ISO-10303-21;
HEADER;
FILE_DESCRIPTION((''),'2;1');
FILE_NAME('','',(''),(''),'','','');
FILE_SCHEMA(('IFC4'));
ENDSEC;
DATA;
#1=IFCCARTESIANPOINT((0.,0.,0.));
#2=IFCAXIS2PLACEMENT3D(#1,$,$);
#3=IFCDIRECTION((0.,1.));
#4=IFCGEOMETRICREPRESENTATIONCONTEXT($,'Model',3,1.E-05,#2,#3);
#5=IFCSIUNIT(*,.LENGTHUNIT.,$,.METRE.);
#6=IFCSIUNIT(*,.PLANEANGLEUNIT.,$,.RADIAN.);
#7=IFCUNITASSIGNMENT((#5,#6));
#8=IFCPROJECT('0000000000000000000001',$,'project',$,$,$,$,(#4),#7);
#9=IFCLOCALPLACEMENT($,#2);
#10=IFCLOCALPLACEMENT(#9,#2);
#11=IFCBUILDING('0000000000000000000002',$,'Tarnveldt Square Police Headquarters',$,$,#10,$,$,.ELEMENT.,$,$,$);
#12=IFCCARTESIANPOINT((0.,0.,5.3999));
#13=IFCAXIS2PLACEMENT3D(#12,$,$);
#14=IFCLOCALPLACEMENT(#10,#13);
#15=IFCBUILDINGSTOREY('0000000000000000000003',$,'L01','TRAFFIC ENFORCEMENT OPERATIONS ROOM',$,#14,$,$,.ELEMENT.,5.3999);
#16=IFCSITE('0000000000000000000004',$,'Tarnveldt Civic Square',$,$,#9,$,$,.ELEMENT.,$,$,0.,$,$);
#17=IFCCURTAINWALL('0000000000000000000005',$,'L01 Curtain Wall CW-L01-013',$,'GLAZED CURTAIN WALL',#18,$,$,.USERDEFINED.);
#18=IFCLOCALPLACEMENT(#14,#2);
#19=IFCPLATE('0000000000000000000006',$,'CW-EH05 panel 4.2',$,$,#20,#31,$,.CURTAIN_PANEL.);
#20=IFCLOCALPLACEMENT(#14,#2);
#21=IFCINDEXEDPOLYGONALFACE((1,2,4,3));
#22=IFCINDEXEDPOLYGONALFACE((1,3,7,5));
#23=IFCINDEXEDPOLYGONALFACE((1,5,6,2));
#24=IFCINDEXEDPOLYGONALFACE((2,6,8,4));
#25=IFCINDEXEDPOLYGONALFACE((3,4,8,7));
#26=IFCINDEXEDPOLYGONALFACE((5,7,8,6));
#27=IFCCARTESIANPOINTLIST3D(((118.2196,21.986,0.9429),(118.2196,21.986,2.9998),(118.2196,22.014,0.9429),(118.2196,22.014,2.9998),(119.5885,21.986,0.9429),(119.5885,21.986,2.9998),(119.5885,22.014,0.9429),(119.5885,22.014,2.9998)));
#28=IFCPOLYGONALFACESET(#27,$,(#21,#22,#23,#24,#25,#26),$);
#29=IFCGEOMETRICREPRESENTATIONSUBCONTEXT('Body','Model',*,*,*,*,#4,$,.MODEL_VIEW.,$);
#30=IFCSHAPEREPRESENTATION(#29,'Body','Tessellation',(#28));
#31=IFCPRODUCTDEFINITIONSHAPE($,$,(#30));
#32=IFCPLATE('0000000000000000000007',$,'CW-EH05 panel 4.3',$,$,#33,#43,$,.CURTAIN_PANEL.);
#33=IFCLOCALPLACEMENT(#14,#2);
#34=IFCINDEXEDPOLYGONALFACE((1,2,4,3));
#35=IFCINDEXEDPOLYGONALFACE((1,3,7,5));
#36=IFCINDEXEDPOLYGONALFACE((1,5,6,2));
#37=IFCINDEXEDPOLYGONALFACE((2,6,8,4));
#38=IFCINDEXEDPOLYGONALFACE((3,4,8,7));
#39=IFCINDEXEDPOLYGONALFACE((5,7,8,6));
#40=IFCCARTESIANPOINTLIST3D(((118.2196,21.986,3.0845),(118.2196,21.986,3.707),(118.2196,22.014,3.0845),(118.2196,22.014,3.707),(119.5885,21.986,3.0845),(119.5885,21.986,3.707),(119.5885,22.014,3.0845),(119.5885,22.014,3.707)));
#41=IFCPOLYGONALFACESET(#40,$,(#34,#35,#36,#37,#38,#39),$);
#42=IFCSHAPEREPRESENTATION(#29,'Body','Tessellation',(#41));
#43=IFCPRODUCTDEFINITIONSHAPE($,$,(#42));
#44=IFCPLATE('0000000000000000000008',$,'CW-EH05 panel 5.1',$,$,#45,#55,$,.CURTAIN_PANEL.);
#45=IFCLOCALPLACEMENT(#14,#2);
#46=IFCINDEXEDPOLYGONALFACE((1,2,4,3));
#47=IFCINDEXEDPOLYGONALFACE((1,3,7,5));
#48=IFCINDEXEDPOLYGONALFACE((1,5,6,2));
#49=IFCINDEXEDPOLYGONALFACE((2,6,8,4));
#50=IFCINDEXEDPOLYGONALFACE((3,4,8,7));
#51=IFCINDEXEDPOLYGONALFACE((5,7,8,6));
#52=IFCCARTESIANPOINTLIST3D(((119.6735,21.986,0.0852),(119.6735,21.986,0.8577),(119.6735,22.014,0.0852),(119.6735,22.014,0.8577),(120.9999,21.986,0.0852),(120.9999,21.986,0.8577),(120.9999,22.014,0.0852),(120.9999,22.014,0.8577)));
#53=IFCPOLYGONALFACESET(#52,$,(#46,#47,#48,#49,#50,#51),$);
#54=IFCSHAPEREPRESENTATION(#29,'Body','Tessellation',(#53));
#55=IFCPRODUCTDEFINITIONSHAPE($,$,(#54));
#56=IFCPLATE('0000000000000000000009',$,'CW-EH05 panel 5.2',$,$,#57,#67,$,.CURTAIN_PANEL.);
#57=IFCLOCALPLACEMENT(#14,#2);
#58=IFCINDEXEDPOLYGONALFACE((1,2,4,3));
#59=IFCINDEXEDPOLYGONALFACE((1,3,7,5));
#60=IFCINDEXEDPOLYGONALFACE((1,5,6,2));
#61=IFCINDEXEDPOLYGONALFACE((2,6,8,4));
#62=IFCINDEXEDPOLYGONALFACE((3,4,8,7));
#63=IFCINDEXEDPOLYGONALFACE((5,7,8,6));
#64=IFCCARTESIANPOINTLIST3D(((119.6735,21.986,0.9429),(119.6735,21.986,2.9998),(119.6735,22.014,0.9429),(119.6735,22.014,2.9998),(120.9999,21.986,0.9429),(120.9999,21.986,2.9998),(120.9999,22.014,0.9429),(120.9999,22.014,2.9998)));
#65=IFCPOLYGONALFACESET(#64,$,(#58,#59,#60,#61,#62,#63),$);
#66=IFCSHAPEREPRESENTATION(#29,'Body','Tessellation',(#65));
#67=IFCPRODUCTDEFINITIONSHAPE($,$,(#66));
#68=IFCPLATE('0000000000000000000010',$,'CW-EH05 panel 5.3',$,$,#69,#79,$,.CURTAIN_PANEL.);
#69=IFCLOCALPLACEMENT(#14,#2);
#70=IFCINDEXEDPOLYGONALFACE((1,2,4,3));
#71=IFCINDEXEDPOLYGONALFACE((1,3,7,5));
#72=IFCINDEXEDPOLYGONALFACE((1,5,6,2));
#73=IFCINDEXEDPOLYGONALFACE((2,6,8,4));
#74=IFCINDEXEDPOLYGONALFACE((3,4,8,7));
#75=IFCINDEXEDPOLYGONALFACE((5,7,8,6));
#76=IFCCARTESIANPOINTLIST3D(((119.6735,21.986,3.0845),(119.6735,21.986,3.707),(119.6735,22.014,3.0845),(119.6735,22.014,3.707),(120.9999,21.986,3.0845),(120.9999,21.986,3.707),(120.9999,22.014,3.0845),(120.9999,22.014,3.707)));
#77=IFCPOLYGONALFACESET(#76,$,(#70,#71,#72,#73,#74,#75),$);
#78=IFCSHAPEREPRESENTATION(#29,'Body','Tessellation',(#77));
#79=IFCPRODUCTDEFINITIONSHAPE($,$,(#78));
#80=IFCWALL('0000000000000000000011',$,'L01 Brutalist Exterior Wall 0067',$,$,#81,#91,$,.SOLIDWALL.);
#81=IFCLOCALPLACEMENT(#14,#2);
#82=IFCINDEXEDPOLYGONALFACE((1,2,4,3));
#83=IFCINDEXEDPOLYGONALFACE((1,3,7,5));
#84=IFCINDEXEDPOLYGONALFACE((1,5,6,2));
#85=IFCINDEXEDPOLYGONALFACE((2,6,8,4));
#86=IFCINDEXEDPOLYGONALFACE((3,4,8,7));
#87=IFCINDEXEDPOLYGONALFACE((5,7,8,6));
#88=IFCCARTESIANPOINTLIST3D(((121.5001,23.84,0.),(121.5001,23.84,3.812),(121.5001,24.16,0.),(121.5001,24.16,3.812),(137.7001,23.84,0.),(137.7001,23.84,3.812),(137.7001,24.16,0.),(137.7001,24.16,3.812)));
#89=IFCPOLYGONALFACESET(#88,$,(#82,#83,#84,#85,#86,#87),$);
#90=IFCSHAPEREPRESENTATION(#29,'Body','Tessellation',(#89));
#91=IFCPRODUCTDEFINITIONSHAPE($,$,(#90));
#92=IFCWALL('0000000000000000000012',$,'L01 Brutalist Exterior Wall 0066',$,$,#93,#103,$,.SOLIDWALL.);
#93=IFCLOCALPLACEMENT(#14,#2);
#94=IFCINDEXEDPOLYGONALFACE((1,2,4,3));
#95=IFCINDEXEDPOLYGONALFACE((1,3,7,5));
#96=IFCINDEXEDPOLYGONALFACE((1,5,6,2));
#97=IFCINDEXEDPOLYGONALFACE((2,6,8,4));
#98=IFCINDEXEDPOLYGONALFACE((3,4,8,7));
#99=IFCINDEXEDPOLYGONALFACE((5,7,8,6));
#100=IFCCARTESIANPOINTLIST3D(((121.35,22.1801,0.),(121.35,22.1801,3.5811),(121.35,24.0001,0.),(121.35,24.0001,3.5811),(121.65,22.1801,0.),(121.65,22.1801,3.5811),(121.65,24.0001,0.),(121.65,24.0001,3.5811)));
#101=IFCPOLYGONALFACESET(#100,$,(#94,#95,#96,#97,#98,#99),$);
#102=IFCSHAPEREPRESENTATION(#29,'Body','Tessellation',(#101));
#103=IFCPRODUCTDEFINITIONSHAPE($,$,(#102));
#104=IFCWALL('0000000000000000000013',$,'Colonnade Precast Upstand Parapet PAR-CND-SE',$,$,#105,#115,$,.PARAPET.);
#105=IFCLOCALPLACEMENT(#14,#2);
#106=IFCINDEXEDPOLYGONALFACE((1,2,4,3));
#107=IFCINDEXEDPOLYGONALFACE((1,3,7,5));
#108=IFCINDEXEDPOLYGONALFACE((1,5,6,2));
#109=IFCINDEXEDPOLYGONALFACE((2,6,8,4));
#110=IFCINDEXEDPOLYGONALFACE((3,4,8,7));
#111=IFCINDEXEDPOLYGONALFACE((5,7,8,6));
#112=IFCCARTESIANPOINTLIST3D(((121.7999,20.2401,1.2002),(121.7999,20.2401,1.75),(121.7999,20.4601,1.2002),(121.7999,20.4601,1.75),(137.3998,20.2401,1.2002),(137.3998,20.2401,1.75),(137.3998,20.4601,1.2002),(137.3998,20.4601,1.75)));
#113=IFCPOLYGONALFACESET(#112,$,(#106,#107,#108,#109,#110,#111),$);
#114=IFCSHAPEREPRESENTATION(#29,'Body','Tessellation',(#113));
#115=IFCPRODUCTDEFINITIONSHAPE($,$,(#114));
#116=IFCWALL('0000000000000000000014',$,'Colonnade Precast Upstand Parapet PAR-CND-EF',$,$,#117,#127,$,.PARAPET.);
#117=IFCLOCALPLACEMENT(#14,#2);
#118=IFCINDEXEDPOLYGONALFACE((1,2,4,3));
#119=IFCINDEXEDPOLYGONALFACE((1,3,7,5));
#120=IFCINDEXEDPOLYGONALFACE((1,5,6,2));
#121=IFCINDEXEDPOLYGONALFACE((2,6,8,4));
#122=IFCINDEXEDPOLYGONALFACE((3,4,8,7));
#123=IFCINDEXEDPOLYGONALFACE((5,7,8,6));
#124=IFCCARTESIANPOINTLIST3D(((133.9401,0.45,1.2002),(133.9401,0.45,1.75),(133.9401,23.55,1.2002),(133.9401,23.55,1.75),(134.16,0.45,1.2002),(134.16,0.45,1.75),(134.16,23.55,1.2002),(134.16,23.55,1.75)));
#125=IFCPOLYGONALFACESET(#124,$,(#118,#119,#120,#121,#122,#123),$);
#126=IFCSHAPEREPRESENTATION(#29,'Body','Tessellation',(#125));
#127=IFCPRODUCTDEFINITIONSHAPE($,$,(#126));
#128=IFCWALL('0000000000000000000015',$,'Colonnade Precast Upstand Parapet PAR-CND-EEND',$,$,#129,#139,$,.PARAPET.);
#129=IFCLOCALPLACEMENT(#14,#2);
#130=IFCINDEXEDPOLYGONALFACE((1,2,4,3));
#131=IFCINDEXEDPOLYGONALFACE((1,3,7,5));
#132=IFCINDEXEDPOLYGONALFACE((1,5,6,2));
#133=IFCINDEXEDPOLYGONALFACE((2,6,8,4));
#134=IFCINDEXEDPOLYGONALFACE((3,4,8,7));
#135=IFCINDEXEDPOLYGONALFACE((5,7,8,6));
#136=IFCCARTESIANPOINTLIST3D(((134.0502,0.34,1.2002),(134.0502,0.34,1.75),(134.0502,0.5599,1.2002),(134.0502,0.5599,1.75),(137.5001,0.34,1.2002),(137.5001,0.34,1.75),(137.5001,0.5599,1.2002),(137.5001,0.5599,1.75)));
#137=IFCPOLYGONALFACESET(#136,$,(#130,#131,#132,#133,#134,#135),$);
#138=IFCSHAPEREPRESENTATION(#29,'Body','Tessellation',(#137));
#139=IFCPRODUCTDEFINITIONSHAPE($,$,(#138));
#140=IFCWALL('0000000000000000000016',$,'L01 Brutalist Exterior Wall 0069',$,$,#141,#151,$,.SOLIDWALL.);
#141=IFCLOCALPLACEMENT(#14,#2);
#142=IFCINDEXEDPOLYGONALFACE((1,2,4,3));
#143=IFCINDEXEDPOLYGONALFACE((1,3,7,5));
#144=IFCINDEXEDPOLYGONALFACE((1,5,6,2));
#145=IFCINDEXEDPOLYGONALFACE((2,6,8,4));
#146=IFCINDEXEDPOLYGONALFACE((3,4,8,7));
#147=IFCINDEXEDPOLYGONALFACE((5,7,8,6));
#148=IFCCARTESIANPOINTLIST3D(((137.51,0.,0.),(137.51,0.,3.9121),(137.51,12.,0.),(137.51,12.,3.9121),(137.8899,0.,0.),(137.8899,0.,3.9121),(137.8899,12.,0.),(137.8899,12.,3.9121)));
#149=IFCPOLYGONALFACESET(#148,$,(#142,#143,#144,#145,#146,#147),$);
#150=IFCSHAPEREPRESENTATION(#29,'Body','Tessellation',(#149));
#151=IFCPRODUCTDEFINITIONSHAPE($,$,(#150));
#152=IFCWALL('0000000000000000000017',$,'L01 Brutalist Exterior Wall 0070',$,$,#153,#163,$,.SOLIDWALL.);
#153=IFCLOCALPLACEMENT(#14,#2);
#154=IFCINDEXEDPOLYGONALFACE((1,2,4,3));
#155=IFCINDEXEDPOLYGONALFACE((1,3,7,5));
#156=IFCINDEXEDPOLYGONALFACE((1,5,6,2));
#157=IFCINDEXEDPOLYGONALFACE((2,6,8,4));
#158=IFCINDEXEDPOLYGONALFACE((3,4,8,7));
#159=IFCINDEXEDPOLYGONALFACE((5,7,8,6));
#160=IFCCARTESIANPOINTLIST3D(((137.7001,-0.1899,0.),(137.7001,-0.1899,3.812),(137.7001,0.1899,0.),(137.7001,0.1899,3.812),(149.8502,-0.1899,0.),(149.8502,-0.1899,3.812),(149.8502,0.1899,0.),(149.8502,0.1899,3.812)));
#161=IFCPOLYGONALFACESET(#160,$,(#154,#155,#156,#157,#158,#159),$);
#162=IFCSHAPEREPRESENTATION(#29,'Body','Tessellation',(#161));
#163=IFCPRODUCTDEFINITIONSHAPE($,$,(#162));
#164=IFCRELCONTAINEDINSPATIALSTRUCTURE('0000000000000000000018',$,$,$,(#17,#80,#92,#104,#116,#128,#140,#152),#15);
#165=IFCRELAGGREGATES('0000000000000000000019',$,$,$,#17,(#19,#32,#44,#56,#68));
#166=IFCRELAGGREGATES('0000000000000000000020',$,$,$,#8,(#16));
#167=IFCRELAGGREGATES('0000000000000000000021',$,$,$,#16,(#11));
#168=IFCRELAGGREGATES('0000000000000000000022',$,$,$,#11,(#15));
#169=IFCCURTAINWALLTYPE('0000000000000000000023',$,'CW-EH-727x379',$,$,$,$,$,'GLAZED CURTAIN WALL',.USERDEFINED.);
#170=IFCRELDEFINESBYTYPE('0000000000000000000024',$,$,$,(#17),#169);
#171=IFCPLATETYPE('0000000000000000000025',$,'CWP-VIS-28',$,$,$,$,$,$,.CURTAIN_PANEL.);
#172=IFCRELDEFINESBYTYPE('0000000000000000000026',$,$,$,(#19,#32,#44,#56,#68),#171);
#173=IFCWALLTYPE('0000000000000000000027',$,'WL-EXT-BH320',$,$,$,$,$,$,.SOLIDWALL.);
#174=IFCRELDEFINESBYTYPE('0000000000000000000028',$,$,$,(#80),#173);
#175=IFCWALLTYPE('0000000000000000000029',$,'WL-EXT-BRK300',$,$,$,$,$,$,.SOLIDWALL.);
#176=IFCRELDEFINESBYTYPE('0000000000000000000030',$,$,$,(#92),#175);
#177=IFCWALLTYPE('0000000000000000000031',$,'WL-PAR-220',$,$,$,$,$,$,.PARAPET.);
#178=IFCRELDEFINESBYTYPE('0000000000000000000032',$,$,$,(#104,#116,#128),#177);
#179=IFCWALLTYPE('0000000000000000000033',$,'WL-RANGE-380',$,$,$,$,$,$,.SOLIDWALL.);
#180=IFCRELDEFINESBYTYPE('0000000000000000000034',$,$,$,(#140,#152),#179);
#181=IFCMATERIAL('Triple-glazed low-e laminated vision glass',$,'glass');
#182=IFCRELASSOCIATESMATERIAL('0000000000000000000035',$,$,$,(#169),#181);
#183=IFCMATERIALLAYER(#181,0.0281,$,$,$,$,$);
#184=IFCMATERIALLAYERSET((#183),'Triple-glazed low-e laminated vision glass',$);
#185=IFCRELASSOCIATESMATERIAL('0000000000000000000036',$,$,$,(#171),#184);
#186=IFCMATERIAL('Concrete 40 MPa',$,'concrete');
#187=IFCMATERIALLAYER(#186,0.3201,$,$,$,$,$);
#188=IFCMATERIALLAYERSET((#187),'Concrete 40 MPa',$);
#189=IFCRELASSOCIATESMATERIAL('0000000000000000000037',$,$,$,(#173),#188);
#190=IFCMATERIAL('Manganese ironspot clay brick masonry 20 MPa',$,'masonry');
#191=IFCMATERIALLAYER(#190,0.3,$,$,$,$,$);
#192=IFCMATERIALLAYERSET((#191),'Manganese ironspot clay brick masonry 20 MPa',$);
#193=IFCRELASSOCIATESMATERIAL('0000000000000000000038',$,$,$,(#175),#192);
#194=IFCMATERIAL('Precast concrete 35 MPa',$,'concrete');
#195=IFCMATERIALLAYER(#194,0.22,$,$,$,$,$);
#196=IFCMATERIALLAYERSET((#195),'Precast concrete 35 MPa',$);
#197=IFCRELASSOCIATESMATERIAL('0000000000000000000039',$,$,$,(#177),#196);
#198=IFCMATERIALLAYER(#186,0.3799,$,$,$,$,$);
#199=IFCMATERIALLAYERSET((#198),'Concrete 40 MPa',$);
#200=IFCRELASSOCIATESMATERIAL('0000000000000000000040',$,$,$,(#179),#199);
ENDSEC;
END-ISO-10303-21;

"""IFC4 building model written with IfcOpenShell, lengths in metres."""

from ifc_helpers import new_model, si_unit, direction, frame, frame_2d, origin, origin_2d, place, context, subcontext, project, spatial, rectangle, extrude, material, layer, layer_set, type_object, element, aggregate, save


model = new_model("IFC4")

# Units and contexts
model_context = context("Model", 3, precision=1e-05, world=origin(), true_north=direction((0.0, 1.0)))
body_context = subcontext(model_context, "Body", "Model", "MODEL_VIEW")
ifc_project = project(units=[si_unit("LENGTHUNIT", "METRE"), si_unit("PLANEANGLEUNIT", "RADIAN")], contexts=[model_context])

# Site, building, storey
site_placement = place(None, origin())
site = spatial("IfcSite", under=ifc_project, at=site_placement, Name="Tarnveldt Civic Square", CompositionType="ELEMENT", RefElevation=0.0)
building_placement = place(site_placement, origin())
building = spatial("IfcBuilding", under=site, at=building_placement, Name="Tarnveldt Square Police Headquarters", CompositionType="ELEMENT")
storey_placement = place(building_placement, frame((0.0, 0.0, 5.3999)))
storey = spatial("IfcBuildingStorey", under=building, at=storey_placement, Name="L01", Description="TRAFFIC ENFORCEMENT OPERATIONS ROOM", CompositionType="ELEMENT", Elevation=5.3999)

# Shared definitions
ifc_material_1 = material(Name="Concrete 40 MPa", Category="concrete")

# Curtain wall, plates
ifc_material_2 = material(Name="Triple-glazed low-e laminated vision glass", Category="glass")
curtain_wall_type = type_object("IfcCurtainWallType", Name="CW-EH-727x379", ElementType="GLAZED CURTAIN WALL", PredefinedType="USERDEFINED", material=ifc_material_2)
curtain_wall_placement = place(storey_placement, origin())
curtain_wall = element("IfcCurtainWall", 1, at=curtain_wall_placement, inside=storey, type_object=curtain_wall_type, Name="L01 Curtain Wall CW-L01-013", ObjectType="GLAZED CURTAIN WALL", PredefinedType="USERDEFINED")
ifc_layer_1 = layer(ifc_material_2, 0.0281)
ifc_layer_set_1 = layer_set([ifc_layer_1], Name="Triple-glazed low-e laminated vision glass")
plate_type = type_object("IfcPlateType", Name="CWP-VIS-28", PredefinedType="CURTAIN_PANEL", material=ifc_layer_set_1)
plate_1_placement = place(storey_placement, frame((118.9041, 22.0, 0.9429), z_axis=(0.0, 0.0, 1.0), x_axis=(1.0, 0.0, 0.0)))
plate_1 = element("IfcPlate", 2, at=plate_1_placement, type_object=plate_type, Name="CW-EH05 panel 4.2", PredefinedType="CURTAIN_PANEL", context=body_context, shape_type="SweptSolid", body=[
    extrude(rectangle(XDim=1.3689, YDim=0.0281, at=origin_2d()), origin(), (0.0, 0.0, 1.0), 2.0569),
])
plate_2_placement = place(storey_placement, frame((118.9041, 22.0, 3.0845), z_axis=(0.0, 0.0, 1.0), x_axis=(1.0, 0.0, 0.0)))
plate_2 = element("IfcPlate", 3, at=plate_2_placement, type_object=plate_type, Name="CW-EH05 panel 4.3", PredefinedType="CURTAIN_PANEL", context=body_context, shape_type="SweptSolid", body=[
    extrude(rectangle(XDim=1.3689, YDim=0.0281, at=origin_2d()), origin(), (0.0, 0.0, 1.0), 0.6226),
])
plate_3_placement = place(storey_placement, frame((120.3367, 22.0, 0.0852), z_axis=(0.0, 0.0, 1.0), x_axis=(1.0, 0.0, 0.0)))
plate_3 = element("IfcPlate", 4, at=plate_3_placement, type_object=plate_type, Name="CW-EH05 panel 5.1", PredefinedType="CURTAIN_PANEL", context=body_context, shape_type="SweptSolid", body=[
    extrude(rectangle(XDim=1.3264, YDim=0.0281, at=origin_2d()), origin(), (0.0, 0.0, 1.0), 0.7725),
])
plate_4_placement = place(storey_placement, frame((120.3367, 22.0, 0.9429), z_axis=(0.0, 0.0, 1.0), x_axis=(1.0, 0.0, 0.0)))
plate_4 = element("IfcPlate", 5, at=plate_4_placement, type_object=plate_type, Name="CW-EH05 panel 5.2", PredefinedType="CURTAIN_PANEL", context=body_context, shape_type="SweptSolid", body=[
    extrude(rectangle(XDim=1.3264, YDim=0.0281, at=origin_2d()), origin(), (0.0, 0.0, 1.0), 2.0569),
])
plate_5_placement = place(storey_placement, frame((120.3367, 22.0, 3.0845), z_axis=(0.0, 0.0, 1.0), x_axis=(1.0, 0.0, 0.0)))
plate_5 = element("IfcPlate", 6, at=plate_5_placement, type_object=plate_type, Name="CW-EH05 panel 5.3", PredefinedType="CURTAIN_PANEL", context=body_context, shape_type="SweptSolid", body=[
    extrude(rectangle(XDim=1.3264, YDim=0.0281, at=origin_2d()), origin(), (0.0, 0.0, 1.0), 0.6226),
])
aggregate(curtain_wall, [plate_1, plate_2, plate_3, plate_4, plate_5])

# Walls
ifc_layer_2 = layer(ifc_material_1, 0.3201)
ifc_layer_set_2 = layer_set([ifc_layer_2], Name="Concrete 40 MPa")
wall_type_1 = type_object("IfcWallType", Name="WL-EXT-BH320", PredefinedType="SOLIDWALL", material=ifc_layer_set_2)
wall_1_placement = place(storey_placement, frame((121.5, 24.0, 0.0), z_axis=(0.0, 0.0, 1.0), x_axis=(1.0, 0.0, 0.0)))
element("IfcWall", 7, at=wall_1_placement, inside=storey, type_object=wall_type_1, Name="L01 Brutalist Exterior Wall 0067", PredefinedType="SOLIDWALL", context=body_context, shape_type="SweptSolid", body=[
    extrude(rectangle(XDim=16.2, YDim=0.3201, at=frame_2d((8.1001, 0.0))), origin(), (0.0, 0.0, 1.0), 3.812),
])
ifc_material_3 = material(Name="Manganese ironspot clay brick masonry 20 MPa", Category="masonry")
ifc_layer_3 = layer(ifc_material_3, 0.3)
ifc_layer_set_3 = layer_set([ifc_layer_3], Name="Manganese ironspot clay brick masonry 20 MPa")
wall_type_2 = type_object("IfcWallType", Name="WL-EXT-BRK300", PredefinedType="SOLIDWALL", material=ifc_layer_set_3)
wall_2_placement = place(storey_placement, frame((121.5, 22.1799, 0.0), z_axis=(0.0, 0.0, 1.0), x_axis=(0.0, 1.0, 0.0)))
element("IfcWall", 8, at=wall_2_placement, inside=storey, type_object=wall_type_2, Name="L01 Brutalist Exterior Wall 0066", PredefinedType="SOLIDWALL", context=body_context, shape_type="SweptSolid", body=[
    extrude(rectangle(XDim=1.8201, YDim=0.3, at=frame_2d((0.9102, 0.0))), origin(), (0.0, 0.0, 1.0), 3.5811),
])
ifc_material_4 = material(Name="Precast concrete 35 MPa", Category="concrete")
ifc_layer_4 = layer(ifc_material_4, 0.22)
ifc_layer_set_4 = layer_set([ifc_layer_4], Name="Precast concrete 35 MPa")
wall_type_3 = type_object("IfcWallType", Name="WL-PAR-220", PredefinedType="PARAPET", material=ifc_layer_set_4)
wall_3_placement = place(storey_placement, frame((121.8, 20.3501, 1.2002), z_axis=(0.0, 0.0, 1.0), x_axis=(1.0, 0.0, 0.0)))
element("IfcWall", 9, at=wall_3_placement, inside=storey, type_object=wall_type_3, Name="Colonnade Precast Upstand Parapet PAR-CND-SE", PredefinedType="PARAPET", context=body_context, shape_type="SweptSolid", body=[
    extrude(rectangle(XDim=15.5999, YDim=0.22, at=frame_2d((7.7998, 0.0))), origin(), (0.0, 0.0, 1.0), 0.5498),
])
wall_4_placement = place(storey_placement, frame((134.05, 0.45, 1.2002), z_axis=(0.0, 0.0, 1.0), x_axis=(0.0, 1.0, 0.0)))
element("IfcWall", 10, at=wall_4_placement, inside=storey, type_object=wall_type_3, Name="Colonnade Precast Upstand Parapet PAR-CND-EF", PredefinedType="PARAPET", context=body_context, shape_type="SweptSolid", body=[
    extrude(rectangle(XDim=23.1001, YDim=0.22, at=frame_2d((11.55, 0.0))), origin(), (0.0, 0.0, 1.0), 0.5498),
])
wall_5_placement = place(storey_placement, frame((134.05, 0.45, 1.2002), z_axis=(0.0, 0.0, 1.0), x_axis=(1.0, 0.0, 0.0)))
element("IfcWall", 11, at=wall_5_placement, inside=storey, type_object=wall_type_3, Name="Colonnade Precast Upstand Parapet PAR-CND-EEND", PredefinedType="PARAPET", context=body_context, shape_type="SweptSolid", body=[
    extrude(rectangle(XDim=3.45, YDim=0.22, at=frame_2d((1.7251, 0.0))), origin(), (0.0, 0.0, 1.0), 0.5498),
])
ifc_layer_5 = layer(ifc_material_1, 0.3799)
ifc_layer_set_5 = layer_set([ifc_layer_5], Name="Concrete 40 MPa")
wall_type_4 = type_object("IfcWallType", Name="WL-RANGE-380", PredefinedType="SOLIDWALL", material=ifc_layer_set_5)
wall_6_placement = place(storey_placement, frame((137.7, 12.0, 0.0), z_axis=(0.0, 0.0, 1.0), x_axis=(0.0, -1.0, 0.0)))
element("IfcWall", 12, at=wall_6_placement, inside=storey, type_object=wall_type_4, Name="L01 Brutalist Exterior Wall 0069", PredefinedType="SOLIDWALL", context=body_context, shape_type="SweptSolid", body=[
    extrude(rectangle(XDim=12.0, YDim=0.3799, at=frame_2d((6.0, 0.0))), origin(), (0.0, 0.0, 1.0), 3.9121),
])
wall_7_placement = place(storey_placement, frame((137.7, 0.0, 0.0), z_axis=(0.0, 0.0, 1.0), x_axis=(1.0, 0.0, 0.0)))
element("IfcWall", 13, at=wall_7_placement, inside=storey, type_object=wall_type_4, Name="L01 Brutalist Exterior Wall 0070", PredefinedType="SOLIDWALL", context=body_context, shape_type="SweptSolid", body=[
    extrude(rectangle(XDim=12.1501, YDim=0.3799, at=frame_2d((6.0752, 0.0))), origin(), (0.0, 0.0, 1.0), 3.812),
])

save(model, "model.ifc")
